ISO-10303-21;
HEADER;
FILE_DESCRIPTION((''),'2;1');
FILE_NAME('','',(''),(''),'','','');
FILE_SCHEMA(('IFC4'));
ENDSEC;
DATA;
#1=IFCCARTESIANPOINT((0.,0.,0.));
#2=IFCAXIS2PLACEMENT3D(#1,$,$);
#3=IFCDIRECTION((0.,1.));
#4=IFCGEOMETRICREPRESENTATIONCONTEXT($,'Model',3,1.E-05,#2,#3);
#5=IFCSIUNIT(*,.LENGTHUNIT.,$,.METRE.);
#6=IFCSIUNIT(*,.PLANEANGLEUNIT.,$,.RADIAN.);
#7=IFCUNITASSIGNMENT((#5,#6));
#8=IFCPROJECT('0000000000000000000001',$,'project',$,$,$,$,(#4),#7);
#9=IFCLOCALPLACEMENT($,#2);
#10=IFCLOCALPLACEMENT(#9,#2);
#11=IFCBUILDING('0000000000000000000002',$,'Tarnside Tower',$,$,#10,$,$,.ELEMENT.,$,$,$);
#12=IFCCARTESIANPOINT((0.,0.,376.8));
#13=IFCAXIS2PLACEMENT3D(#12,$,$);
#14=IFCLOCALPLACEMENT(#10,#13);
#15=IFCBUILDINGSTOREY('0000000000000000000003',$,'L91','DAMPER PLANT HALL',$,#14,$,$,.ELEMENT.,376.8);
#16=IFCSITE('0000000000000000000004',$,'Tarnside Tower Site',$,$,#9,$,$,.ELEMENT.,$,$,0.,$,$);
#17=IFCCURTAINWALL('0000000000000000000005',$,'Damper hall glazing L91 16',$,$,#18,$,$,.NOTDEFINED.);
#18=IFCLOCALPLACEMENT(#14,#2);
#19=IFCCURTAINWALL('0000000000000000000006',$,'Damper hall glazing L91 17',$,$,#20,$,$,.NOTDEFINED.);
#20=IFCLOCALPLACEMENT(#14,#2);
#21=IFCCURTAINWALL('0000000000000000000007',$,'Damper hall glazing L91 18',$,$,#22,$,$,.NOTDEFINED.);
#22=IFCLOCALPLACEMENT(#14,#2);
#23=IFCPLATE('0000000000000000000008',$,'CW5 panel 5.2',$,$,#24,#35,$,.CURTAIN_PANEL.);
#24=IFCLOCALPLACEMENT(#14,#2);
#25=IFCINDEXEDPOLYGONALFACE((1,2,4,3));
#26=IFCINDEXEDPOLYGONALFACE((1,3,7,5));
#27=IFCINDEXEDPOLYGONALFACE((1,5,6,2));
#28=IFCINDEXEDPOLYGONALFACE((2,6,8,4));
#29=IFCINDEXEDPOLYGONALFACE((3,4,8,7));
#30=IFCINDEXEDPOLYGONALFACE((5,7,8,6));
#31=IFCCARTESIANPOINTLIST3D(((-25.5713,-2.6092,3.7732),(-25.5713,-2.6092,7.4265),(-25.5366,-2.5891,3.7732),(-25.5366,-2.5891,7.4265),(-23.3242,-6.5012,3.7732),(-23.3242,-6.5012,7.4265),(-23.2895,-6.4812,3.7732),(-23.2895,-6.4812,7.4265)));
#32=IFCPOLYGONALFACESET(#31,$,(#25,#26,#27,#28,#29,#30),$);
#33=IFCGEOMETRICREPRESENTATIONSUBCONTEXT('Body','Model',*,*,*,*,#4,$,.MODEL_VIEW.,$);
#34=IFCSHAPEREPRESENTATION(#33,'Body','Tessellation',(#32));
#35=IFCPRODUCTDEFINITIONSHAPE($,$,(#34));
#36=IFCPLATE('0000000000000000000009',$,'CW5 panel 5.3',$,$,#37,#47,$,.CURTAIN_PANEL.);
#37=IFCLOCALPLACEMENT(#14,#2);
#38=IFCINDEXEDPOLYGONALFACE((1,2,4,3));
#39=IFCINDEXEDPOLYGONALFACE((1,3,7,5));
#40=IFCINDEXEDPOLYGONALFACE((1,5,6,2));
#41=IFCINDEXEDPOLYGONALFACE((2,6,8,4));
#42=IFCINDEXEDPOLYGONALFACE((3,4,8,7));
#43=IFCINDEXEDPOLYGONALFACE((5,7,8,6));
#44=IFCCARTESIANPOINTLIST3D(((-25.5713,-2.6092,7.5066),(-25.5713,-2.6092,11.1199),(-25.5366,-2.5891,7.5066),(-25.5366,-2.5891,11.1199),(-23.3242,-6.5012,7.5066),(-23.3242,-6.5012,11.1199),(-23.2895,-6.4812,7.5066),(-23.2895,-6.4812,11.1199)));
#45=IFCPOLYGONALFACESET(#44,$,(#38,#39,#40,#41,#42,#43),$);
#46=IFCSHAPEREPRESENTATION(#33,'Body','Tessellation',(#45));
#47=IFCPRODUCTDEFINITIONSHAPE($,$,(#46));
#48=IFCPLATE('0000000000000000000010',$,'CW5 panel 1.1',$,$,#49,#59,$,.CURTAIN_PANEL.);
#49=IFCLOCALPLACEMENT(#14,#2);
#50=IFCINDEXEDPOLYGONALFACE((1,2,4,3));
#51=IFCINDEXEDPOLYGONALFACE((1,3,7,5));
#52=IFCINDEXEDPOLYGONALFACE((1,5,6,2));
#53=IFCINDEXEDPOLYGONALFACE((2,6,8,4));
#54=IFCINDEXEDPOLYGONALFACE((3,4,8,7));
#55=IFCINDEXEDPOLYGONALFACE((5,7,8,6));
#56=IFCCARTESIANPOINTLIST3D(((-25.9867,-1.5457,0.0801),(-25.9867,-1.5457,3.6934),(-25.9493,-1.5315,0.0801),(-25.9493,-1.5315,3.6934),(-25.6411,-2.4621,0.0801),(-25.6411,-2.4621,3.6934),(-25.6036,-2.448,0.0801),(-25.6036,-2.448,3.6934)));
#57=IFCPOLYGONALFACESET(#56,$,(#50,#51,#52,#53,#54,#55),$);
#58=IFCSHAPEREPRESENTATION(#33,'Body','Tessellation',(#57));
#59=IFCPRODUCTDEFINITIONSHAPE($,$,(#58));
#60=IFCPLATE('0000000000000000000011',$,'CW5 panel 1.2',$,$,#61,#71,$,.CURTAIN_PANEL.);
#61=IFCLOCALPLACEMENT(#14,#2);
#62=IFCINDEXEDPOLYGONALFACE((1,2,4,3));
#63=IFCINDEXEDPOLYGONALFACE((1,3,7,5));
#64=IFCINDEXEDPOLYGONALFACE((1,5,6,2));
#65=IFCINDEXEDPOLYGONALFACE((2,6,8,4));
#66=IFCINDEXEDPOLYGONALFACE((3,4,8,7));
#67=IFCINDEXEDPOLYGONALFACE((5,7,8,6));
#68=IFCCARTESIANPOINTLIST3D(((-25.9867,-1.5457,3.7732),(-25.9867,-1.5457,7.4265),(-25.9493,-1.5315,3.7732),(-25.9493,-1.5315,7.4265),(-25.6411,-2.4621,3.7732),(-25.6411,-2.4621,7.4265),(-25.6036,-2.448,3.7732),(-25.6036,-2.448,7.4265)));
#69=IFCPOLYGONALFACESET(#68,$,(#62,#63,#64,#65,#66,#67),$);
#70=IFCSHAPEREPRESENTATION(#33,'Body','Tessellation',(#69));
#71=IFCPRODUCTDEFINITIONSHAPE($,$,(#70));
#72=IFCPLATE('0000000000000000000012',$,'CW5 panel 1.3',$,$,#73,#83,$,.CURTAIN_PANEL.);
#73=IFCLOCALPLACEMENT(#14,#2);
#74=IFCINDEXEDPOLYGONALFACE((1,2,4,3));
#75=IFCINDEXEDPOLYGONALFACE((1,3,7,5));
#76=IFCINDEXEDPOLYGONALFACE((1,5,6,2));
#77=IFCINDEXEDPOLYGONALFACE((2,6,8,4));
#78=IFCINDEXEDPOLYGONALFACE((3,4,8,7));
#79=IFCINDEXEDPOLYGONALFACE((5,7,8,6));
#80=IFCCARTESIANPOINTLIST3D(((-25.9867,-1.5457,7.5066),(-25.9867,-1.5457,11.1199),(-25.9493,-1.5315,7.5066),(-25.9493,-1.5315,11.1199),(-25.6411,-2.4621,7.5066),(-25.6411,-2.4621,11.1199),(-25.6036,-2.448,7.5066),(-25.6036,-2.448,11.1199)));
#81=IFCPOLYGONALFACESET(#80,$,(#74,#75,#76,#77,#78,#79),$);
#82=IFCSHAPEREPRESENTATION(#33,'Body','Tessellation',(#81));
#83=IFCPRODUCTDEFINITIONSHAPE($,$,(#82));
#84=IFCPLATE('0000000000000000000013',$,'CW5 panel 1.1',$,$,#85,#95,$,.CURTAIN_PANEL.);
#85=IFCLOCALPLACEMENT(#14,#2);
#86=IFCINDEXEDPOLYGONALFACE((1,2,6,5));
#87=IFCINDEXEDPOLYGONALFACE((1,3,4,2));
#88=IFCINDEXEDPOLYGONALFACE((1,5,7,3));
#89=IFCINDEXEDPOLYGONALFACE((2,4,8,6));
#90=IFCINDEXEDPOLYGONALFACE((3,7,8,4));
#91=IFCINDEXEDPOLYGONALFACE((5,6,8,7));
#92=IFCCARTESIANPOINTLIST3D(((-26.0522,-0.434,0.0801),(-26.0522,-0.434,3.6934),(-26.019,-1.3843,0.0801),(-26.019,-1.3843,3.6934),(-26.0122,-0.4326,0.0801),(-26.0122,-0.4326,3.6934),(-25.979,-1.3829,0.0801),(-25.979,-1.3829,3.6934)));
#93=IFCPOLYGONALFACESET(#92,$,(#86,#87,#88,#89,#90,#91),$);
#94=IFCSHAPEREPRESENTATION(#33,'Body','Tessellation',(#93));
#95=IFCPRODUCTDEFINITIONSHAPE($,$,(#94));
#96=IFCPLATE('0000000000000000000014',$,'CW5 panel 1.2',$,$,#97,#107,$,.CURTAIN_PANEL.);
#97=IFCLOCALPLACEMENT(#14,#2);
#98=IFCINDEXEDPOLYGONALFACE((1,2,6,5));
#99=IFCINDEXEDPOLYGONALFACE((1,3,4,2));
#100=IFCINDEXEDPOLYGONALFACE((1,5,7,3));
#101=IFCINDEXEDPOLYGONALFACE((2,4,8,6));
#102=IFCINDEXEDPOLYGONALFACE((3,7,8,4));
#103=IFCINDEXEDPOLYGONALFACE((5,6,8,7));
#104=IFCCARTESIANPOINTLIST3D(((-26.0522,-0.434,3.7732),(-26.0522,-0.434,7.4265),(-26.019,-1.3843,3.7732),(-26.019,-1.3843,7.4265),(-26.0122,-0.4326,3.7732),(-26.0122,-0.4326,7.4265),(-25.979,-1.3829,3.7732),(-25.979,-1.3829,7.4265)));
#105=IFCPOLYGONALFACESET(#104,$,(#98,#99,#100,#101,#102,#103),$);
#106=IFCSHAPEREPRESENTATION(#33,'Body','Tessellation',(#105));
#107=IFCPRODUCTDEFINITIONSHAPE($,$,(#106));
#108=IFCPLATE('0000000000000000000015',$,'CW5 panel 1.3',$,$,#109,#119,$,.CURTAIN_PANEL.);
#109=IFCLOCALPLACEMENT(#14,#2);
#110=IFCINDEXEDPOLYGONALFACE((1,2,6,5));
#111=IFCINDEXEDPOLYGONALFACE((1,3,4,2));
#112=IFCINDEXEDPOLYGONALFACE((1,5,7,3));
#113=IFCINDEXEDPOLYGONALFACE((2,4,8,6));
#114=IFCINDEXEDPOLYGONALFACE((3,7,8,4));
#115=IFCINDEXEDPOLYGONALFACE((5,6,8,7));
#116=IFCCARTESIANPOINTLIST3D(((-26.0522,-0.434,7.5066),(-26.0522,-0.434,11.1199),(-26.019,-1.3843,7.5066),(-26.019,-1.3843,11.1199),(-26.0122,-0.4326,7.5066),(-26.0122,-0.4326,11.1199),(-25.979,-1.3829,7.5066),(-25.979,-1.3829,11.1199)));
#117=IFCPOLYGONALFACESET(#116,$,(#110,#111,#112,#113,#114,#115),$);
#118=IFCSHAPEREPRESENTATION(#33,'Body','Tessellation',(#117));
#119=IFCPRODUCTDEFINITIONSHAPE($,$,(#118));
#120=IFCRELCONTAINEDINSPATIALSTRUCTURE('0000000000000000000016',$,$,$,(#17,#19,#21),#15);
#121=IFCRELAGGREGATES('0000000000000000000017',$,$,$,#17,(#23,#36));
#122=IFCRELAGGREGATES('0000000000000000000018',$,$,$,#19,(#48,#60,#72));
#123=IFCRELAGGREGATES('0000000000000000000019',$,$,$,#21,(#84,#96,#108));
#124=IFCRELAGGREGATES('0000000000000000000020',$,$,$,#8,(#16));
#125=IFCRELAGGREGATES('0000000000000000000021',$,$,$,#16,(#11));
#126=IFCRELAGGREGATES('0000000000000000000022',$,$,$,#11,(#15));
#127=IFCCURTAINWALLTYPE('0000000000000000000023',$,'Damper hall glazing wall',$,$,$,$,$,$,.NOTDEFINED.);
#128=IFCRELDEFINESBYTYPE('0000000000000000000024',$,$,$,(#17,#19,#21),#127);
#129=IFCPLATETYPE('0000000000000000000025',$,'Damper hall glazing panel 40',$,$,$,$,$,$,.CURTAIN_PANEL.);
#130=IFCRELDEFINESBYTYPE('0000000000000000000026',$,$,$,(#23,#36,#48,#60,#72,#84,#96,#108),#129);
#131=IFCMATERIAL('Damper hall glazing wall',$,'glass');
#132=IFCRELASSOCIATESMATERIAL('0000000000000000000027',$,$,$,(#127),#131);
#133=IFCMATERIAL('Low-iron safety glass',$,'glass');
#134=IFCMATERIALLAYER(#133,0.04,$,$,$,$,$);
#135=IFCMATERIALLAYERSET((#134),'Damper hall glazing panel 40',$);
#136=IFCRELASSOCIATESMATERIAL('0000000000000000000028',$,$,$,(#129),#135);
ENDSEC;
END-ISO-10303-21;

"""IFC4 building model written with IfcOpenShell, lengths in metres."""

from ifc_helpers import new_model, si_unit, direction, frame, origin, origin_2d, place, context, subcontext, project, spatial, rectangle, extrude, material, layer, layer_set, type_object, element, aggregate, save


model = new_model("IFC4")

# Units and contexts
model_context = context("Model", 3, precision=1e-05, world=origin(), true_north=direction((0.0, 1.0)))
body_context = subcontext(model_context, "Body", "Model", "MODEL_VIEW")
ifc_project = project(units=[si_unit("LENGTHUNIT", "METRE"), si_unit("PLANEANGLEUNIT", "RADIAN")], contexts=[model_context])

# Site, building, storey
site_placement = place(None, origin())
site = spatial("IfcSite", under=ifc_project, at=site_placement, Name="Tarnside Tower Site", CompositionType="ELEMENT", RefElevation=0.0)
building_placement = place(site_placement, origin())
building = spatial("IfcBuilding", under=site, at=building_placement, Name="Tarnside Tower", CompositionType="ELEMENT")
storey_placement = place(building_placement, frame((0.0, 0.0, 376.8)))
storey = spatial("IfcBuildingStorey", under=building, at=storey_placement, Name="L91", Description="DAMPER PLANT HALL", CompositionType="ELEMENT", Elevation=376.8)

# Curtain walls
ifc_material_1 = material(Name="Damper hall glazing wall", Category="glass")
curtain_wall_type = type_object("IfcCurtainWallType", Name="Damper hall glazing wall", PredefinedType="NOTDEFINED", material=ifc_material_1)
curtain_wall_1_placement = place(storey_placement, origin())
curtain_wall_1 = element("IfcCurtainWall", 1, at=curtain_wall_1_placement, inside=storey, type_object=curtain_wall_type, Name="Damper hall glazing L91 16", PredefinedType="NOTDEFINED")
curtain_wall_2_placement = place(storey_placement, origin())
curtain_wall_2 = element("IfcCurtainWall", 2, at=curtain_wall_2_placement, inside=storey, type_object=curtain_wall_type, Name="Damper hall glazing L91 17", PredefinedType="NOTDEFINED")
curtain_wall_3_placement = place(storey_placement, origin())
curtain_wall_3 = element("IfcCurtainWall", 3, at=curtain_wall_3_placement, inside=storey, type_object=curtain_wall_type, Name="Damper hall glazing L91 18", PredefinedType="NOTDEFINED")

# Plates
ifc_material_2 = material(Name="Low-iron safety glass", Category="glass")
ifc_layer = layer(ifc_material_2, 0.04)
ifc_layer_set = layer_set([ifc_layer], Name="Damper hall glazing panel 40")
plate_type = type_object("IfcPlateType", Name="Damper hall glazing panel 40", PredefinedType="CURTAIN_PANEL", material=ifc_layer_set)
plate_1_placement = place(storey_placement, frame((-24.4304, -4.5452, 3.7732), z_axis=(0.0, 0.0, 1.0), x_axis=(-0.5, 0.866025, 0.0)))
plate_1 = element("IfcPlate", 4, at=plate_1_placement, type_object=plate_type, Name="CW5 panel 5.2", PredefinedType="CURTAIN_PANEL", context=body_context, shape_type="SweptSolid", body=[
    extrude(rectangle(XDim=4.4941, YDim=0.04, at=origin_2d()), origin(), (0.0, 0.0, 1.0), 3.6533),
])
plate_2_placement = place(storey_placement, frame((-24.4304, -4.5452, 7.5066), z_axis=(0.0, 0.0, 1.0), x_axis=(-0.5, 0.866025, 0.0)))
plate_2 = element("IfcPlate", 5, at=plate_2_placement, type_object=plate_type, Name="CW5 panel 5.3", PredefinedType="CURTAIN_PANEL", context=body_context, shape_type="SweptSolid", body=[
    extrude(rectangle(XDim=4.4941, YDim=0.04, at=origin_2d()), origin(), (0.0, 0.0, 1.0), 3.6133),
])
aggregate(curtain_wall_1, [plate_1, plate_2])
plate_3_placement = place(storey_placement, frame((-25.7952, -1.9968, 0.0801), z_axis=(0.0, 0.0, 1.0), x_axis=(-0.352931, 0.93565, 0.0)))
plate_3 = element("IfcPlate", 6, at=plate_3_placement, type_object=plate_type, Name="CW5 panel 1.1", PredefinedType="CURTAIN_PANEL", context=body_context, shape_type="SweptSolid", body=[
    extrude(rectangle(XDim=0.9795, YDim=0.04, at=origin_2d()), origin(), (0.0, 0.0, 1.0), 3.6133),
])
plate_4_placement = place(storey_placement, frame((-25.7952, -1.9968, 3.7732), z_axis=(0.0, 0.0, 1.0), x_axis=(-0.352931, 0.93565, 0.0)))
plate_4 = element("IfcPlate", 7, at=plate_4_placement, type_object=plate_type, Name="CW5 panel 1.2", PredefinedType="CURTAIN_PANEL", context=body_context, shape_type="SweptSolid", body=[
    extrude(rectangle(XDim=0.9795, YDim=0.04, at=origin_2d()), origin(), (0.0, 0.0, 1.0), 3.6533),
])
plate_5_placement = place(storey_placement, frame((-25.7952, -1.9968, 7.5066), z_axis=(0.0, 0.0, 1.0), x_axis=(-0.352931, 0.93565, 0.0)))
plate_5 = element("IfcPlate", 8, at=plate_5_placement, type_object=plate_type, Name="CW5 panel 1.3", PredefinedType="CURTAIN_PANEL", context=body_context, shape_type="SweptSolid", body=[
    extrude(rectangle(XDim=0.9795, YDim=0.04, at=origin_2d()), origin(), (0.0, 0.0, 1.0), 3.6133),
])
aggregate(curtain_wall_2, [plate_3, plate_4, plate_5])
plate_6_placement = place(storey_placement, frame((-26.0156, -0.9084, 0.0801), z_axis=(0.0, 0.0, 1.0), x_axis=(-0.034899, 0.999391, 0.0)))
plate_6 = element("IfcPlate", 9, at=plate_6_placement, type_object=plate_type, Name="CW5 panel 1.1", PredefinedType="CURTAIN_PANEL", context=body_context, shape_type="SweptSolid", body=[
    extrude(rectangle(XDim=0.9509, YDim=0.04, at=origin_2d()), origin(), (0.0, 0.0, 1.0), 3.6133),
])
plate_7_placement = place(storey_placement, frame((-26.0156, -0.9084, 3.7732), z_axis=(0.0, 0.0, 1.0), x_axis=(-0.034899, 0.999391, 0.0)))
plate_7 = element("IfcPlate", 10, at=plate_7_placement, type_object=plate_type, Name="CW5 panel 1.2", PredefinedType="CURTAIN_PANEL", context=body_context, shape_type="SweptSolid", body=[
    extrude(rectangle(XDim=0.9509, YDim=0.04, at=origin_2d()), origin(), (0.0, 0.0, 1.0), 3.6533),
])
plate_8_placement = place(storey_placement, frame((-26.0156, -0.9084, 7.5066), z_axis=(0.0, 0.0, 1.0), x_axis=(-0.034899, 0.999391, 0.0)))
plate_8 = element("IfcPlate", 11, at=plate_8_placement, type_object=plate_type, Name="CW5 panel 1.3", PredefinedType="CURTAIN_PANEL", context=body_context, shape_type="SweptSolid", body=[
    extrude(rectangle(XDim=0.9509, YDim=0.04, at=origin_2d()), origin(), (0.0, 0.0, 1.0), 3.6133),
])
aggregate(curtain_wall_3, [plate_6, plate_7, plate_8])

save(model, "model.ifc")
